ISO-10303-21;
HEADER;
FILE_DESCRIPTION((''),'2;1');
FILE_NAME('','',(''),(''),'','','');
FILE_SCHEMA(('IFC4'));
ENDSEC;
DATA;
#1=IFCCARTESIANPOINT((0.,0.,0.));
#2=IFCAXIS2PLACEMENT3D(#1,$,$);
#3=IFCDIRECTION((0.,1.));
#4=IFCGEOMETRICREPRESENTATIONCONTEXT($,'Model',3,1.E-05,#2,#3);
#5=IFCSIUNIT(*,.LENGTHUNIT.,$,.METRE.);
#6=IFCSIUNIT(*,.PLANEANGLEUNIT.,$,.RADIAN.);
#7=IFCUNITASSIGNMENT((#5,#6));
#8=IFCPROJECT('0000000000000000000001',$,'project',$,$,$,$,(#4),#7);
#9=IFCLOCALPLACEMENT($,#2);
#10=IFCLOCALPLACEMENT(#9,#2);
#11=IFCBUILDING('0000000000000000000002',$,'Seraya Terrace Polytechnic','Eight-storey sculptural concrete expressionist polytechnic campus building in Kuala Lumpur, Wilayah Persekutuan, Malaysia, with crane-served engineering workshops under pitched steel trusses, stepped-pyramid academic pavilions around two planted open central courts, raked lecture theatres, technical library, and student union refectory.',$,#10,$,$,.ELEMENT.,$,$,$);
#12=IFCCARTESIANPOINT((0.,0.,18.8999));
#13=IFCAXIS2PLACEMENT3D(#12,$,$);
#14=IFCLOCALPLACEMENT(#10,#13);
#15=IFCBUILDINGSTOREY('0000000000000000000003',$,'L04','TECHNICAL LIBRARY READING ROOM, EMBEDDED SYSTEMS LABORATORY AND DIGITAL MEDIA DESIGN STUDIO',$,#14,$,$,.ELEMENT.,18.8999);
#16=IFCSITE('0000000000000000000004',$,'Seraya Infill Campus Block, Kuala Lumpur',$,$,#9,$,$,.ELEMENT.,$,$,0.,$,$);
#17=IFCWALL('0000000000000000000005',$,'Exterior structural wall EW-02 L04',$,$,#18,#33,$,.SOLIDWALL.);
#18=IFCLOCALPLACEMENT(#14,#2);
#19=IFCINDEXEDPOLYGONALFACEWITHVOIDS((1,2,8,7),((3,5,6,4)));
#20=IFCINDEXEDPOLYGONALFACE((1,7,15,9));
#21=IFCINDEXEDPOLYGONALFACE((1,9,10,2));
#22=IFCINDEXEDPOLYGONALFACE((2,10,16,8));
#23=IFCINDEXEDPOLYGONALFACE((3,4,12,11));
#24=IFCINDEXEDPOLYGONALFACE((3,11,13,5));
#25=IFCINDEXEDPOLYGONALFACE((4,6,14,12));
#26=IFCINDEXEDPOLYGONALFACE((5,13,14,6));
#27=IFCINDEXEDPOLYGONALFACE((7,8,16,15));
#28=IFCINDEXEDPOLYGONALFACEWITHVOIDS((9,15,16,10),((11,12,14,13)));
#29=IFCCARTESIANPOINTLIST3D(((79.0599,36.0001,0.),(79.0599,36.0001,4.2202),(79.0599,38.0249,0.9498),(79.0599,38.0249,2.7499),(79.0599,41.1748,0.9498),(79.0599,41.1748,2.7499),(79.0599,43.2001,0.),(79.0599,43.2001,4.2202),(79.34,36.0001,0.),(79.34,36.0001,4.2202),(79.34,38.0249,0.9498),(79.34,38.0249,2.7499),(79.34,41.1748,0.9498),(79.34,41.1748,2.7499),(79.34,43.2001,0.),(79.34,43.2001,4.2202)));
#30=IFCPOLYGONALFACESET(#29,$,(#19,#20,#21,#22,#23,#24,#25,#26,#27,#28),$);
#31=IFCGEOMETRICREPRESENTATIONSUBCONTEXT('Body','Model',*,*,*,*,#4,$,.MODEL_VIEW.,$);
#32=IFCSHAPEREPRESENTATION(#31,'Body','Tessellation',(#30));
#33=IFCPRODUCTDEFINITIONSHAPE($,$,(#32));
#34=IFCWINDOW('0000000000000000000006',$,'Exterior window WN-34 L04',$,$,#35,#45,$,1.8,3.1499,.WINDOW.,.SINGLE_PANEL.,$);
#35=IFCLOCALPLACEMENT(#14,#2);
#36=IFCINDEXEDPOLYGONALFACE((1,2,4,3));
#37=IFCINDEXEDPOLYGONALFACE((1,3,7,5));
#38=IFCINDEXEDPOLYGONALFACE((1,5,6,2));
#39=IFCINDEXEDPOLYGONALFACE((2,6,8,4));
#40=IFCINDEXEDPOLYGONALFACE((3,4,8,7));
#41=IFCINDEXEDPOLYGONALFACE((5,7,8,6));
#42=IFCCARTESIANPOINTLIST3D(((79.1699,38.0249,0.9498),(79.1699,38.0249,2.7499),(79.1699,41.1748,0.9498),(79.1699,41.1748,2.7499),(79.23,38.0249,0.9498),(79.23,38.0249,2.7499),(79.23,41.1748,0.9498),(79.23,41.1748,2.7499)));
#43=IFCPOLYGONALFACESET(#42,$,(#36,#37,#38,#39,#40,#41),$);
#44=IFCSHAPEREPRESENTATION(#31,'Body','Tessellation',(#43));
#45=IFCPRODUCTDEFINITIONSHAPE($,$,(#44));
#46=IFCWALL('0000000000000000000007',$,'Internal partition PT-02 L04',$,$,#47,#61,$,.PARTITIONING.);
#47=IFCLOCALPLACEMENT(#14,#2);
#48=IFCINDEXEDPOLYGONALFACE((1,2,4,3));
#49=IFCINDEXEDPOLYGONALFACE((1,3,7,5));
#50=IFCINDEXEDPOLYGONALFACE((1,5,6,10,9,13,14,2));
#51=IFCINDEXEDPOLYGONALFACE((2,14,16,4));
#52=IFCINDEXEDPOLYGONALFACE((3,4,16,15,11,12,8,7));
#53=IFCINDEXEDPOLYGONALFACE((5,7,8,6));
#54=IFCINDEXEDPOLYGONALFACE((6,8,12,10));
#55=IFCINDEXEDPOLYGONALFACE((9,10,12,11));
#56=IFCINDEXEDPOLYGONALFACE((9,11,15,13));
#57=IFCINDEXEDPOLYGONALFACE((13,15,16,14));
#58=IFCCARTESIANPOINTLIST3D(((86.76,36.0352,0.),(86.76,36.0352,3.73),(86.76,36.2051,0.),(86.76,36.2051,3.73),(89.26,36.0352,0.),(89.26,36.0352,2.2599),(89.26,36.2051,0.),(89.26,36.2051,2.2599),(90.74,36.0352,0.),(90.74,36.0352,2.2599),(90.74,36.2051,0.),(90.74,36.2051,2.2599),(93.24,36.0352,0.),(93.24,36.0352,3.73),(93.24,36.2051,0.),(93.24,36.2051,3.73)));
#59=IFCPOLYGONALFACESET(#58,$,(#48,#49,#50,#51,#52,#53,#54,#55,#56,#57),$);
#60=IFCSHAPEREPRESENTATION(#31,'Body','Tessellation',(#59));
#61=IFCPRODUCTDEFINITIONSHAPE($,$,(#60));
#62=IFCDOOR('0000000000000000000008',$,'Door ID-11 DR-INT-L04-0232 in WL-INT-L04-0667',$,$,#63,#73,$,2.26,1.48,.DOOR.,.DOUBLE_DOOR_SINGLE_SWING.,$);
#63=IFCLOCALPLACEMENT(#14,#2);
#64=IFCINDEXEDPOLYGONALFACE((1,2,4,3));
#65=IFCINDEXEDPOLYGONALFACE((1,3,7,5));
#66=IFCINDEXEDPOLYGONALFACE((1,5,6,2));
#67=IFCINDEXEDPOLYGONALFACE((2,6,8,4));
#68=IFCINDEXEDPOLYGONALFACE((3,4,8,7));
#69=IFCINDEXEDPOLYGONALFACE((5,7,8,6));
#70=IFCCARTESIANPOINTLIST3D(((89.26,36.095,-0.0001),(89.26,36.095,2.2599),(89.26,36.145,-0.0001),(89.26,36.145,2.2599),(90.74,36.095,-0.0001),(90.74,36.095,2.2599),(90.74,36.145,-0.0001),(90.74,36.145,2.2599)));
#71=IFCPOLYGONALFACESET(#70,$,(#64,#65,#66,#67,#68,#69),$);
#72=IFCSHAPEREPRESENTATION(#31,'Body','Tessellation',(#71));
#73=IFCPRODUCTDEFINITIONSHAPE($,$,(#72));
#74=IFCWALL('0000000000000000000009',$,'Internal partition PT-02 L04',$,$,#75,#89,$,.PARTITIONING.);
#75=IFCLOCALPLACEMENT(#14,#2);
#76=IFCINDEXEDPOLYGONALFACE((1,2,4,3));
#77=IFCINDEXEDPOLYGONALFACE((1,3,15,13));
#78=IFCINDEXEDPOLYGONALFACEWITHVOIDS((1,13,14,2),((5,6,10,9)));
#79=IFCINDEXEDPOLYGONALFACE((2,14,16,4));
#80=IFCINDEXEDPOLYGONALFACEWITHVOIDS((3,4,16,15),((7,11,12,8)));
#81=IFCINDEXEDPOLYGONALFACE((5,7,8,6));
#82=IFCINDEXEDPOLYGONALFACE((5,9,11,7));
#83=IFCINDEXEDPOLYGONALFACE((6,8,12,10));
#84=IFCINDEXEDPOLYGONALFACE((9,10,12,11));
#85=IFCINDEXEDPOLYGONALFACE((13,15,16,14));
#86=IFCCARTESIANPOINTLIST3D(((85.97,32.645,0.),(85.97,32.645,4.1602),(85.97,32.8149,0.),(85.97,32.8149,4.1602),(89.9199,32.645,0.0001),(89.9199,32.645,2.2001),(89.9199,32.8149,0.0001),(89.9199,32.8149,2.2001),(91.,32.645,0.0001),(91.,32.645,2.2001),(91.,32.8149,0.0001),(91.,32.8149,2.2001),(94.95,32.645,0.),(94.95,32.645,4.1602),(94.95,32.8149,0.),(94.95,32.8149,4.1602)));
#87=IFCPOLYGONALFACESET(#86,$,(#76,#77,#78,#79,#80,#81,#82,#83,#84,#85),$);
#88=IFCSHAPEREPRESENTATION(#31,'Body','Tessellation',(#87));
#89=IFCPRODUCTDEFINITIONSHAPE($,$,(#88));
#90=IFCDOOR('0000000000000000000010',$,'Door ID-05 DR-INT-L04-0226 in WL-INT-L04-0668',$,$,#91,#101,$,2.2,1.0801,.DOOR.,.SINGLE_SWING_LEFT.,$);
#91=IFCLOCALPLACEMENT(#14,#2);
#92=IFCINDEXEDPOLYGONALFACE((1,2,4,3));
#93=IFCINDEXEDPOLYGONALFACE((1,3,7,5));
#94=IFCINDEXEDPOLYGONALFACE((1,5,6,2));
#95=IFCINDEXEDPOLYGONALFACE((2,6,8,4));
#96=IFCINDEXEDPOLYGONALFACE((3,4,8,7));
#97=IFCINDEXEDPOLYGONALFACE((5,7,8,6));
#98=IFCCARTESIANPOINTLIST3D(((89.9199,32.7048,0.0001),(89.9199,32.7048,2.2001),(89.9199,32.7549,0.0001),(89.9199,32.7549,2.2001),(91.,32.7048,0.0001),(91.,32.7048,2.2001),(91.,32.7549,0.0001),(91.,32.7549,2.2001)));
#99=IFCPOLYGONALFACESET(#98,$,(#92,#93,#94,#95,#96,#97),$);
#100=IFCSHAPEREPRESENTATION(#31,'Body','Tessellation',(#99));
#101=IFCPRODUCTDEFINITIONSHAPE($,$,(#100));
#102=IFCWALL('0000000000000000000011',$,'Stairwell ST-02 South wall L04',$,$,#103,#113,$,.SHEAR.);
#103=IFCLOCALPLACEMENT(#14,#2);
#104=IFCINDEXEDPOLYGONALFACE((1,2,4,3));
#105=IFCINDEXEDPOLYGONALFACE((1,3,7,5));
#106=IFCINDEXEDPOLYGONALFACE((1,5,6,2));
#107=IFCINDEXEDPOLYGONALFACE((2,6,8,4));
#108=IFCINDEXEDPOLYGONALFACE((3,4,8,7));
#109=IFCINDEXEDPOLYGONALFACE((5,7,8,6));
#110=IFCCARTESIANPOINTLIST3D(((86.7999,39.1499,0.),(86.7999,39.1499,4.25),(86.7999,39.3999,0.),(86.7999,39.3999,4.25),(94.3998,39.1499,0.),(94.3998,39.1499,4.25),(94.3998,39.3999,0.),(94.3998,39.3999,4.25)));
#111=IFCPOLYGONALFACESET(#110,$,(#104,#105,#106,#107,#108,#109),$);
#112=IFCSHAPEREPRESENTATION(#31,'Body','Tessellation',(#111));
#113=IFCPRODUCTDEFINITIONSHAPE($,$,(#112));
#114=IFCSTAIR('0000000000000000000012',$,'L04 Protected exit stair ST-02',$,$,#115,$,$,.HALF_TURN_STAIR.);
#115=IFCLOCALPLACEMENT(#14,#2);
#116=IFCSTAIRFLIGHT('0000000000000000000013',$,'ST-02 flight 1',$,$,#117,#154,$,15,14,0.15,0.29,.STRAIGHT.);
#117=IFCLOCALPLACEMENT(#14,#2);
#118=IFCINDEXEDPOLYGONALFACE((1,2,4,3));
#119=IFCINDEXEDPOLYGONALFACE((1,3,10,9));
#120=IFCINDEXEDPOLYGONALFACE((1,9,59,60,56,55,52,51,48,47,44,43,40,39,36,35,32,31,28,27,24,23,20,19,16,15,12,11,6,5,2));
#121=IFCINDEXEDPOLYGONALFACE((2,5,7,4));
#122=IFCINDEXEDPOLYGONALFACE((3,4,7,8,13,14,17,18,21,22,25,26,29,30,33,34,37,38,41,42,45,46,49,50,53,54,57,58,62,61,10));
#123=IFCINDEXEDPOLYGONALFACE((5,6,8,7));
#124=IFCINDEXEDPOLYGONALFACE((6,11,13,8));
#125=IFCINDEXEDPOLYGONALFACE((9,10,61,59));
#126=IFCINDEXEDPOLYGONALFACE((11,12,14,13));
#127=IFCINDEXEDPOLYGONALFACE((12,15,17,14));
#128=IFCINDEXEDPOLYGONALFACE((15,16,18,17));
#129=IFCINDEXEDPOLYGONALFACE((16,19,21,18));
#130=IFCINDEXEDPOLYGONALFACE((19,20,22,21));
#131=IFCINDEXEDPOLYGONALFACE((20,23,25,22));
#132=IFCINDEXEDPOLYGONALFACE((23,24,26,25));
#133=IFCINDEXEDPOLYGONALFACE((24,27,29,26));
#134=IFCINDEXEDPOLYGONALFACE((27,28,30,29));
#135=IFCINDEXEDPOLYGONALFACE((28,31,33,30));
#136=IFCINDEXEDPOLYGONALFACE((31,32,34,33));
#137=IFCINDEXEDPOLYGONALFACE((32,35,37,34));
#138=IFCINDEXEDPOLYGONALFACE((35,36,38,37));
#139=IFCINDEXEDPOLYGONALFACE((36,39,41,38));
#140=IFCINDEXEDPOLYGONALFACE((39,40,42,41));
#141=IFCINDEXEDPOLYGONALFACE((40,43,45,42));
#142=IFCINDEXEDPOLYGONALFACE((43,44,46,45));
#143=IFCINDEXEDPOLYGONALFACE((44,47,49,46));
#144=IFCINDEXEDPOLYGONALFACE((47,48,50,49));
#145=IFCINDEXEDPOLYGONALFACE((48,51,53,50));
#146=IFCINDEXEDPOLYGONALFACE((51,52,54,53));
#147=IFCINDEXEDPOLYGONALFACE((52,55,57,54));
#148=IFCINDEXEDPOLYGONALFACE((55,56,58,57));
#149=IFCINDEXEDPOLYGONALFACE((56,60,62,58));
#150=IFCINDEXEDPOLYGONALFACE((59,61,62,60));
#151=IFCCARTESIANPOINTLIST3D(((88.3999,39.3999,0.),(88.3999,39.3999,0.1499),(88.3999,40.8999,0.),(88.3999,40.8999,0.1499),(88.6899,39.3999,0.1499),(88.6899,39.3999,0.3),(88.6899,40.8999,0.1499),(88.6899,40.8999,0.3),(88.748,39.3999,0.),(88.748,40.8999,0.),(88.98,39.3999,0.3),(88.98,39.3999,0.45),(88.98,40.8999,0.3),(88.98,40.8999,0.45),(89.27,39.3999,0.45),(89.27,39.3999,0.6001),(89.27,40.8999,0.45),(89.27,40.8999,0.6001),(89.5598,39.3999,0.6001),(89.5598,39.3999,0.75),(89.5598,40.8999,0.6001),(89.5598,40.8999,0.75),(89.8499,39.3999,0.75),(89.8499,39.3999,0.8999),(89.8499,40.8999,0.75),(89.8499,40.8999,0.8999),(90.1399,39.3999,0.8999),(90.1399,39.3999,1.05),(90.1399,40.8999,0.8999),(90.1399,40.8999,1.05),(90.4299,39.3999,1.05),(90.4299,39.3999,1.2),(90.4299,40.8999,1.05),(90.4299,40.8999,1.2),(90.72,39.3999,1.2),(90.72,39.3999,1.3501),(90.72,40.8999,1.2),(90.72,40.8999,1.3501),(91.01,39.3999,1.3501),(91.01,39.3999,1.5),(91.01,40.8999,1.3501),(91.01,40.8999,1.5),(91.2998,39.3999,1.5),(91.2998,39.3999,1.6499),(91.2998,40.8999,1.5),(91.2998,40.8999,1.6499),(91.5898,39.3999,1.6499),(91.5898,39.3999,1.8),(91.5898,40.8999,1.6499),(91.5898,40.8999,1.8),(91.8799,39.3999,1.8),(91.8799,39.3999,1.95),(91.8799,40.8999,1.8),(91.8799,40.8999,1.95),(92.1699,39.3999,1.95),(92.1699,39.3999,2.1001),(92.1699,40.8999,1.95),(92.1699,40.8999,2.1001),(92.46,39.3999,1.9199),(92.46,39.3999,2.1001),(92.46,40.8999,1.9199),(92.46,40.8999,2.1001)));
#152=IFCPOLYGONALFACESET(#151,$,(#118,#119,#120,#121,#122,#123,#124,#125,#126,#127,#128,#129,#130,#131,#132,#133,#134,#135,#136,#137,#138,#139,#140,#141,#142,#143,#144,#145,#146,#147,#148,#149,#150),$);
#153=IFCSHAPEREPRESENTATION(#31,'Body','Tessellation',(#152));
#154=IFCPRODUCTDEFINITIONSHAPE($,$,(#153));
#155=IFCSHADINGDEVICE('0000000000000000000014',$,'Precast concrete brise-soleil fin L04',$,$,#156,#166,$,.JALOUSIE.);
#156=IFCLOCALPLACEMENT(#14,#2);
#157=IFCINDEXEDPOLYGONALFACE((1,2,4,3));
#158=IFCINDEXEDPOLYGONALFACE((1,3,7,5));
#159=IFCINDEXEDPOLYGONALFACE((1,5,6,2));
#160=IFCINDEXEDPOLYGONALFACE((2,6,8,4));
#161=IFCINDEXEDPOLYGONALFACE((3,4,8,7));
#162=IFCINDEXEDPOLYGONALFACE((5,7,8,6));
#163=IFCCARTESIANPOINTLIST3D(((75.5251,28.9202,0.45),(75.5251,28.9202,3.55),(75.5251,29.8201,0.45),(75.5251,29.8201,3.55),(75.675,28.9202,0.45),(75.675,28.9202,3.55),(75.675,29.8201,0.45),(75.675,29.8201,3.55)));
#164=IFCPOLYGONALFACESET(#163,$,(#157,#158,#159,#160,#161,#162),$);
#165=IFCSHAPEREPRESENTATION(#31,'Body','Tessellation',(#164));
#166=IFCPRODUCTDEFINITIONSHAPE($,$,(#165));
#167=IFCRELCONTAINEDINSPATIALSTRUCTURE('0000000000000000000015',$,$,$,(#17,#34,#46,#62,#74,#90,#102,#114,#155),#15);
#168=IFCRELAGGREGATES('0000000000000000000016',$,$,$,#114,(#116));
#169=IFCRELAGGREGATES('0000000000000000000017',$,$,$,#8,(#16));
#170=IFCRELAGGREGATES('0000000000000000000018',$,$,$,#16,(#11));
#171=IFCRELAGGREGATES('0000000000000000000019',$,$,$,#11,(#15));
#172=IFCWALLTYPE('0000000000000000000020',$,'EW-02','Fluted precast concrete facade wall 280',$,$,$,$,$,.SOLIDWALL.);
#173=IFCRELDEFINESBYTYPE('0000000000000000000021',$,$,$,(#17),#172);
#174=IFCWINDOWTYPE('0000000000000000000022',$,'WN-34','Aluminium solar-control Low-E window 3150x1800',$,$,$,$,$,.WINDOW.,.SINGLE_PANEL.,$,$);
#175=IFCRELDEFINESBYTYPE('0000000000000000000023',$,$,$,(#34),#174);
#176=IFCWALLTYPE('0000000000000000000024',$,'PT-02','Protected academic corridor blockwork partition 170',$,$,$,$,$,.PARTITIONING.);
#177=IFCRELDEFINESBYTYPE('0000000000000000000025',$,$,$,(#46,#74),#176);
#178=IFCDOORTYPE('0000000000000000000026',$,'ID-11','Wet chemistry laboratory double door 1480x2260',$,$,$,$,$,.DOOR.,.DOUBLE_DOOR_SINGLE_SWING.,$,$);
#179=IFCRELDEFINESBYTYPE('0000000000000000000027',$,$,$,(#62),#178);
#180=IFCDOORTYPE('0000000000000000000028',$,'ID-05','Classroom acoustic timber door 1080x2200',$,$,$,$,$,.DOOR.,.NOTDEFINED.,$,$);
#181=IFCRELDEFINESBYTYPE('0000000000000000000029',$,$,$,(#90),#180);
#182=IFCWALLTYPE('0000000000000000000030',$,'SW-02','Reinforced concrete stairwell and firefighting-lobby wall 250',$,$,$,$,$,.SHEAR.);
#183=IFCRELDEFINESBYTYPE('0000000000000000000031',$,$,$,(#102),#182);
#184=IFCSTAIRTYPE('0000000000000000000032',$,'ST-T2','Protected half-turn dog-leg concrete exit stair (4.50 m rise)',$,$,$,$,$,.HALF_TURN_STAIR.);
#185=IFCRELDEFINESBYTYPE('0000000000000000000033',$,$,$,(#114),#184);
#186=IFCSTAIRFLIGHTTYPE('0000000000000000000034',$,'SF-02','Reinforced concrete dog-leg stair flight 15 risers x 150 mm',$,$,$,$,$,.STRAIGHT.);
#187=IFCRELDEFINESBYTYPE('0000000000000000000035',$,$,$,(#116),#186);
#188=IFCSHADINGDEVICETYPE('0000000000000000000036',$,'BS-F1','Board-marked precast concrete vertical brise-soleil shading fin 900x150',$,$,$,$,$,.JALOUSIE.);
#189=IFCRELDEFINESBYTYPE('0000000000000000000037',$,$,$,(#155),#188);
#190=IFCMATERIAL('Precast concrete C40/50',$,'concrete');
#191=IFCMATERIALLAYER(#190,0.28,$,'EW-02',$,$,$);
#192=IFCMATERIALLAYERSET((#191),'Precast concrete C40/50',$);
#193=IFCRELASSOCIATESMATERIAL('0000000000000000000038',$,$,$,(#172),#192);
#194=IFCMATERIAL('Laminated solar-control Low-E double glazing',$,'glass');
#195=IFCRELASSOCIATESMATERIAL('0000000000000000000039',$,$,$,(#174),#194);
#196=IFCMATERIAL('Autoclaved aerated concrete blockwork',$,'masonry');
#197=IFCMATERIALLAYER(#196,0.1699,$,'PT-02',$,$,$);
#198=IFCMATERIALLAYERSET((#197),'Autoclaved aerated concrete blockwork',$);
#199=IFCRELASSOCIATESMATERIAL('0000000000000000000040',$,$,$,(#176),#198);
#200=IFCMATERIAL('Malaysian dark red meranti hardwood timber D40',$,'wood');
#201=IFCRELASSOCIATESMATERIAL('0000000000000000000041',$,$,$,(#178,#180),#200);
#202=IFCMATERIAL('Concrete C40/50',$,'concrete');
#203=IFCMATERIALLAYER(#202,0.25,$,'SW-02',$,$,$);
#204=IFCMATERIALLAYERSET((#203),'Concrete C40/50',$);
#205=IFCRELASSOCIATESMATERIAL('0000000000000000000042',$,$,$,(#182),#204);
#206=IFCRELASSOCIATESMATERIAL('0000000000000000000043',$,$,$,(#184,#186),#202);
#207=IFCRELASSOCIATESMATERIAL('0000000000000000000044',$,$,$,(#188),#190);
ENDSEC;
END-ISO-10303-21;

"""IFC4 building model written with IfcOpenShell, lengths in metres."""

from ifc_helpers import new_model, si_unit, direction, frame, frame_2d, origin, origin_2d, place, context, subcontext, project, spatial, polyline, rectangle, outline, extrude, material, layer, layer_set, type_object, element, fill, aggregate, save


model = new_model("IFC4")

# Units and contexts
model_context = context("Model", 3, precision=1e-05, world=origin(), true_north=direction((0.0, 1.0)))
body_context = subcontext(model_context, "Body", "Model", "MODEL_VIEW")
ifc_project = project(units=[si_unit("LENGTHUNIT", "METRE"), si_unit("PLANEANGLEUNIT", "RADIAN")], contexts=[model_context])

# Site, building, storey
site_placement = place(None, origin())
site = spatial("IfcSite", under=ifc_project, at=site_placement, Name="Seraya Infill Campus Block, Kuala Lumpur", CompositionType="ELEMENT", RefElevation=0.0)
building_placement = place(site_placement, origin())
building = spatial("IfcBuilding", under=site, at=building_placement, Name="Seraya Terrace Polytechnic", Description="Eight-storey sculptural concrete expressionist polytechnic campus building in Kuala Lumpur, Wilayah Persekutuan, Malaysia, with crane-served engineering workshops under pitched steel trusses, stepped-pyramid academic pavilions around two planted open central courts, raked lecture theatres, technical library, and student union refectory.", CompositionType="ELEMENT")
storey_placement = place(building_placement, frame((0.0, 0.0, 18.8999)))
storey = spatial("IfcBuildingStorey", under=building, at=storey_placement, Name="L04", Description="TECHNICAL LIBRARY READING ROOM, EMBEDDED SYSTEMS LABORATORY AND DIGITAL MEDIA DESIGN STUDIO", CompositionType="ELEMENT", Elevation=18.8999)

# Shared definitions
ifc_material_1 = material(Name="Concrete C40/50", Category="concrete")

# Wall, opening, window
ifc_material_2 = material(Name="Precast concrete C40/50", Category="concrete")
ifc_layer_1 = layer(ifc_material_2, 0.28, Name="EW-02")
ifc_layer_set_1 = layer_set([ifc_layer_1], Name="Precast concrete C40/50")
wall_type_1 = type_object("IfcWallType", Name="EW-02", Description="Fluted precast concrete facade wall 280", PredefinedType="SOLIDWALL", material=ifc_layer_set_1)
ifc_material_3 = material(Name="Laminated solar-control Low-E double glazing", Category="glass")
wall_1_placement = place(storey_placement, frame((79.2, 36.0, 0.0), z_axis=(0.0, 0.0, 1.0), x_axis=(0.0, 1.0, 0.0)))
wall_1 = element("IfcWall", 1, at=wall_1_placement, inside=storey, type_object=wall_type_1, Name="Exterior structural wall EW-02 L04", PredefinedType="SOLIDWALL", context=body_context, shape_type="SweptSolid", body=[
    extrude(rectangle(XDim=7.2, YDim=0.28, at=frame_2d((3.6001, 0.0))), origin(), (0.0, 0.0, 1.0), 4.2202),
])
opening_1_placement = place(wall_1_placement, frame((2.0249, 0.0, 0.95)))
opening_1 = element("IfcOpeningElement", 2, at=opening_1_placement, cuts=wall_1, PredefinedType="OPENING", context=body_context, shape_type="SweptSolid", body=[
    extrude(rectangle(XDim=3.1499, YDim=1.8, at=frame_2d((1.575, 0.8999))), frame((0.0, 0.1519, 0.0), z_axis=(0.0, -1.0, 0.0), x_axis=(1.0, 0.0, 0.0)), (0.0, 0.0, 1.0), 0.304),
])
window_type_1 = type_object("IfcWindowType", Name="WN-34", Description="Aluminium solar-control Low-E window 3150x1800", PartitioningType="SINGLE_PANEL", PredefinedType="WINDOW", material=ifc_material_3)
window_1_placement = place(opening_1_placement, origin())
window_1 = element("IfcWindow", 3, at=window_1_placement, inside=storey, type_object=window_type_1, Name="Exterior window WN-34 L04", OverallHeight=1.8, OverallWidth=3.1499, PartitioningType="SINGLE_PANEL", PredefinedType="WINDOW", context=body_context, shape_type="SweptSolid", body=[
    extrude(rectangle(XDim=3.1499, YDim=1.8, at=frame_2d((1.575, 0.8999))), frame((0.0, 0.03, 0.0), z_axis=(0.0, -1.0, 0.0), x_axis=(1.0, 0.0, 0.0)), (0.0, 0.0, 1.0), 0.0601),
])
fill(opening_1, window_1)

# Walls, openings, doors
ifc_material_4 = material(Name="Autoclaved aerated concrete blockwork", Category="masonry")
ifc_layer_2 = layer(ifc_material_4, 0.1699, Name="PT-02")
ifc_layer_set_2 = layer_set([ifc_layer_2], Name="Autoclaved aerated concrete blockwork")
wall_type_2 = type_object("IfcWallType", Name="PT-02", Description="Protected academic corridor blockwork partition 170", PredefinedType="PARTITIONING", material=ifc_layer_set_2)
wall_2_placement = place(storey_placement, frame((86.76, 36.1201, 0.0), z_axis=(0.0, 0.0, 1.0), x_axis=(1.0, 0.0, 0.0)))
wall_2 = element("IfcWall", 4, at=wall_2_placement, inside=storey, type_object=wall_type_2, Name="Internal partition PT-02 L04", PredefinedType="PARTITIONING", context=body_context, shape_type="SweptSolid", body=[
    extrude(rectangle(XDim=6.48, YDim=0.1699, at=frame_2d((3.24, 0.0))), origin(), (0.0, 0.0, 1.0), 3.73),
])
opening_2_placement = place(wall_2_placement, frame((2.5, 0.0, 0.0)))
opening_2 = element("IfcOpeningElement", 5, at=opening_2_placement, cuts=wall_2, PredefinedType="OPENING", context=body_context, shape_type="SweptSolid", body=[
    extrude(rectangle(XDim=1.48, YDim=2.26, at=frame_2d((0.74, 1.1299))), frame((0.0, 0.0969, 0.0), z_axis=(0.0, -1.0, 0.0), x_axis=(1.0, 0.0, 0.0)), (0.0, 0.0, 1.0), 0.1938),
])
ifc_material_5 = material(Name="Malaysian dark red meranti hardwood timber D40", Category="wood")
door_type_1 = type_object("IfcDoorType", Name="ID-11", Description="Wet chemistry laboratory double door 1480x2260", OperationType="DOUBLE_DOOR_SINGLE_SWING", PredefinedType="DOOR", material=ifc_material_5)
door_1_placement = place(opening_2_placement, origin())
door_1 = element("IfcDoor", 6, at=door_1_placement, inside=storey, type_object=door_type_1, Name="Door ID-11 DR-INT-L04-0232 in WL-INT-L04-0667", OperationType="DOUBLE_DOOR_SINGLE_SWING", OverallHeight=2.26, OverallWidth=1.48, PredefinedType="DOOR", context=body_context, shape_type="SweptSolid", body=[
    extrude(rectangle(XDim=1.48, YDim=2.26, at=frame_2d((0.74, 1.1299))), frame((0.0, 0.0249, 0.0), z_axis=(0.0, -1.0, 0.0), x_axis=(1.0, 0.0, 0.0)), (0.0, 0.0, 1.0), 0.05),
])
fill(opening_2, door_1)
wall_3_placement = place(storey_placement, frame((85.97, 32.73, 0.0), z_axis=(0.0, 0.0, 1.0), x_axis=(1.0, 0.0, 0.0)))
wall_3 = element("IfcWall", 7, at=wall_3_placement, inside=storey, type_object=wall_type_2, Name="Internal partition PT-02 L04", PredefinedType="PARTITIONING", context=body_context, shape_type="SweptSolid", body=[
    extrude(rectangle(XDim=8.98, YDim=0.1699, at=frame_2d((4.49, 0.0))), origin(), (0.0, 0.0, 1.0), 4.1602),
])
opening_3_placement = place(wall_3_placement, frame((3.95, 0.0, 0.0)))
opening_3 = element("IfcOpeningElement", 8, at=opening_3_placement, cuts=wall_3, PredefinedType="OPENING", context=body_context, shape_type="SweptSolid", body=[
    extrude(rectangle(XDim=1.0801, YDim=2.2, at=frame_2d((0.54, 1.1001))), frame((0.0, 0.0969, 0.0), z_axis=(0.0, -1.0, 0.0), x_axis=(1.0, 0.0, 0.0)), (0.0, 0.0, 1.0), 0.1938),
])
door_type_2 = type_object("IfcDoorType", Name="ID-05", Description="Classroom acoustic timber door 1080x2200", OperationType="NOTDEFINED", PredefinedType="DOOR", material=ifc_material_5)
door_2_placement = place(opening_3_placement, origin())
door_2 = element("IfcDoor", 9, at=door_2_placement, inside=storey, type_object=door_type_2, Name="Door ID-05 DR-INT-L04-0226 in WL-INT-L04-0668", OperationType="SINGLE_SWING_LEFT", OverallHeight=2.2, OverallWidth=1.0801, PredefinedType="DOOR", context=body_context, shape_type="SweptSolid", body=[
    extrude(rectangle(XDim=1.0801, YDim=2.2, at=frame_2d((0.54, 1.1001))), frame((0.0, 0.0249, 0.0), z_axis=(0.0, -1.0, 0.0), x_axis=(1.0, 0.0, 0.0)), (0.0, 0.0, 1.0), 0.05),
])
fill(opening_3, door_2)
ifc_layer_3 = layer(ifc_material_1, 0.25, Name="SW-02")
ifc_layer_set_3 = layer_set([ifc_layer_3], Name="Concrete C40/50")
wall_type_3 = type_object("IfcWallType", Name="SW-02", Description="Reinforced concrete stairwell and firefighting-lobby wall 250", PredefinedType="SHEAR", material=ifc_layer_set_3)

# Wall
wall_4_placement = place(storey_placement, frame((86.8, 39.2749, 0.0), z_axis=(0.0, 0.0, 1.0), x_axis=(1.0, 0.0, 0.0)))
element("IfcWall", 10, at=wall_4_placement, inside=storey, type_object=wall_type_3, Name="Stairwell ST-02 South wall L04", PredefinedType="SHEAR", context=body_context, shape_type="SweptSolid", body=[
    extrude(rectangle(XDim=7.5999, YDim=0.25, at=frame_2d((3.7998, 0.0))), origin(), (0.0, 0.0, 1.0), 4.25),
])

# Stair, stair flight
stair_type = type_object("IfcStairType", Name="ST-T2", Description="Protected half-turn dog-leg concrete exit stair (4.50 m rise)", PredefinedType="HALF_TURN_STAIR", material=ifc_material_1)
stair_placement = place(storey_placement, origin())
stair = element("IfcStair", 11, at=stair_placement, inside=storey, type_object=stair_type, Name="L04 Protected exit stair ST-02", PredefinedType="HALF_TURN_STAIR")
stair_flight_type = type_object("IfcStairFlightType", Name="SF-02", Description="Reinforced concrete dog-leg stair flight 15 risers x 150 mm", PredefinedType="STRAIGHT", material=ifc_material_1)
stair_flight_placement = place(storey_placement, frame((88.3999, 40.1499, 0.0), z_axis=(0.0, 0.0, 1.0), x_axis=(1.0, 0.0, 0.0)))
stair_flight = element("IfcStairFlight", 12, at=stair_flight_placement, type_object=stair_flight_type, Name="ST-02 flight 1", NumberOfRisers=15, NumberOfTreads=14, PredefinedType="STRAIGHT", RiserHeight=0.15, TreadLength=0.29, context=body_context, shape_type="SweptSolid", body=[
    extrude(outline(polyline([(0.0, 0.0), (0.0, 0.1499), (0.29, 0.1499), (0.29, 0.3), (0.5801, 0.3), (0.5801, 0.45), (0.8701, 0.45), (0.8701, 0.6001), (1.1599, 0.6001), (1.1599, 0.75), (1.45, 0.75), (1.45, 0.8999), (1.74, 0.8999), (1.74, 1.05), (2.03, 1.05), (2.03, 1.2), (2.3201, 1.2), (2.3201, 1.3501), (2.6101, 1.3501), (2.6101, 1.5), (2.8999, 1.5), (2.8999, 1.6499), (3.1899, 1.6499), (3.1899, 1.8), (3.48, 1.8), (3.48, 1.95), (3.77, 1.95), (3.77, 2.1001), (4.0601, 2.1001), (4.0601, 2.25), (4.0601, 1.9199), (0.3481, 0.0), (0.0, 0.0)])), frame((0.0, 0.75, 0.0), z_axis=(0.0, -1.0, 0.0), x_axis=(1.0, 0.0, 0.0)), (0.0, 0.0, 1.0), 1.5),
])
aggregate(stair, [stair_flight])

# Shading device
shading_device_type = type_object("IfcShadingDeviceType", Name="BS-F1", Description="Board-marked precast concrete vertical brise-soleil shading fin 900x150", PredefinedType="JALOUSIE", material=ifc_material_2)
for number, where, z_axis, x_axis, name in (
    (13, (75.6001, 29.3701, 0.45), (0.0, 0.0, 1.0), (0.0, 1.0, 0.0), "Precast concrete brise-soleil fin L04"),
):
    element("IfcShadingDevice", number, at=place(storey_placement, frame(where, z_axis=z_axis, x_axis=x_axis)), inside=storey, type_object=shading_device_type, Name=name, PredefinedType="JALOUSIE", context=body_context, shape_type="SweptSolid", body=[
        extrude(rectangle(XDim=0.8999, YDim=0.1499, at=origin_2d()), origin(), (0.0, 0.0, 1.0), 3.1001),
    ])

save(model, "model.ifc")
